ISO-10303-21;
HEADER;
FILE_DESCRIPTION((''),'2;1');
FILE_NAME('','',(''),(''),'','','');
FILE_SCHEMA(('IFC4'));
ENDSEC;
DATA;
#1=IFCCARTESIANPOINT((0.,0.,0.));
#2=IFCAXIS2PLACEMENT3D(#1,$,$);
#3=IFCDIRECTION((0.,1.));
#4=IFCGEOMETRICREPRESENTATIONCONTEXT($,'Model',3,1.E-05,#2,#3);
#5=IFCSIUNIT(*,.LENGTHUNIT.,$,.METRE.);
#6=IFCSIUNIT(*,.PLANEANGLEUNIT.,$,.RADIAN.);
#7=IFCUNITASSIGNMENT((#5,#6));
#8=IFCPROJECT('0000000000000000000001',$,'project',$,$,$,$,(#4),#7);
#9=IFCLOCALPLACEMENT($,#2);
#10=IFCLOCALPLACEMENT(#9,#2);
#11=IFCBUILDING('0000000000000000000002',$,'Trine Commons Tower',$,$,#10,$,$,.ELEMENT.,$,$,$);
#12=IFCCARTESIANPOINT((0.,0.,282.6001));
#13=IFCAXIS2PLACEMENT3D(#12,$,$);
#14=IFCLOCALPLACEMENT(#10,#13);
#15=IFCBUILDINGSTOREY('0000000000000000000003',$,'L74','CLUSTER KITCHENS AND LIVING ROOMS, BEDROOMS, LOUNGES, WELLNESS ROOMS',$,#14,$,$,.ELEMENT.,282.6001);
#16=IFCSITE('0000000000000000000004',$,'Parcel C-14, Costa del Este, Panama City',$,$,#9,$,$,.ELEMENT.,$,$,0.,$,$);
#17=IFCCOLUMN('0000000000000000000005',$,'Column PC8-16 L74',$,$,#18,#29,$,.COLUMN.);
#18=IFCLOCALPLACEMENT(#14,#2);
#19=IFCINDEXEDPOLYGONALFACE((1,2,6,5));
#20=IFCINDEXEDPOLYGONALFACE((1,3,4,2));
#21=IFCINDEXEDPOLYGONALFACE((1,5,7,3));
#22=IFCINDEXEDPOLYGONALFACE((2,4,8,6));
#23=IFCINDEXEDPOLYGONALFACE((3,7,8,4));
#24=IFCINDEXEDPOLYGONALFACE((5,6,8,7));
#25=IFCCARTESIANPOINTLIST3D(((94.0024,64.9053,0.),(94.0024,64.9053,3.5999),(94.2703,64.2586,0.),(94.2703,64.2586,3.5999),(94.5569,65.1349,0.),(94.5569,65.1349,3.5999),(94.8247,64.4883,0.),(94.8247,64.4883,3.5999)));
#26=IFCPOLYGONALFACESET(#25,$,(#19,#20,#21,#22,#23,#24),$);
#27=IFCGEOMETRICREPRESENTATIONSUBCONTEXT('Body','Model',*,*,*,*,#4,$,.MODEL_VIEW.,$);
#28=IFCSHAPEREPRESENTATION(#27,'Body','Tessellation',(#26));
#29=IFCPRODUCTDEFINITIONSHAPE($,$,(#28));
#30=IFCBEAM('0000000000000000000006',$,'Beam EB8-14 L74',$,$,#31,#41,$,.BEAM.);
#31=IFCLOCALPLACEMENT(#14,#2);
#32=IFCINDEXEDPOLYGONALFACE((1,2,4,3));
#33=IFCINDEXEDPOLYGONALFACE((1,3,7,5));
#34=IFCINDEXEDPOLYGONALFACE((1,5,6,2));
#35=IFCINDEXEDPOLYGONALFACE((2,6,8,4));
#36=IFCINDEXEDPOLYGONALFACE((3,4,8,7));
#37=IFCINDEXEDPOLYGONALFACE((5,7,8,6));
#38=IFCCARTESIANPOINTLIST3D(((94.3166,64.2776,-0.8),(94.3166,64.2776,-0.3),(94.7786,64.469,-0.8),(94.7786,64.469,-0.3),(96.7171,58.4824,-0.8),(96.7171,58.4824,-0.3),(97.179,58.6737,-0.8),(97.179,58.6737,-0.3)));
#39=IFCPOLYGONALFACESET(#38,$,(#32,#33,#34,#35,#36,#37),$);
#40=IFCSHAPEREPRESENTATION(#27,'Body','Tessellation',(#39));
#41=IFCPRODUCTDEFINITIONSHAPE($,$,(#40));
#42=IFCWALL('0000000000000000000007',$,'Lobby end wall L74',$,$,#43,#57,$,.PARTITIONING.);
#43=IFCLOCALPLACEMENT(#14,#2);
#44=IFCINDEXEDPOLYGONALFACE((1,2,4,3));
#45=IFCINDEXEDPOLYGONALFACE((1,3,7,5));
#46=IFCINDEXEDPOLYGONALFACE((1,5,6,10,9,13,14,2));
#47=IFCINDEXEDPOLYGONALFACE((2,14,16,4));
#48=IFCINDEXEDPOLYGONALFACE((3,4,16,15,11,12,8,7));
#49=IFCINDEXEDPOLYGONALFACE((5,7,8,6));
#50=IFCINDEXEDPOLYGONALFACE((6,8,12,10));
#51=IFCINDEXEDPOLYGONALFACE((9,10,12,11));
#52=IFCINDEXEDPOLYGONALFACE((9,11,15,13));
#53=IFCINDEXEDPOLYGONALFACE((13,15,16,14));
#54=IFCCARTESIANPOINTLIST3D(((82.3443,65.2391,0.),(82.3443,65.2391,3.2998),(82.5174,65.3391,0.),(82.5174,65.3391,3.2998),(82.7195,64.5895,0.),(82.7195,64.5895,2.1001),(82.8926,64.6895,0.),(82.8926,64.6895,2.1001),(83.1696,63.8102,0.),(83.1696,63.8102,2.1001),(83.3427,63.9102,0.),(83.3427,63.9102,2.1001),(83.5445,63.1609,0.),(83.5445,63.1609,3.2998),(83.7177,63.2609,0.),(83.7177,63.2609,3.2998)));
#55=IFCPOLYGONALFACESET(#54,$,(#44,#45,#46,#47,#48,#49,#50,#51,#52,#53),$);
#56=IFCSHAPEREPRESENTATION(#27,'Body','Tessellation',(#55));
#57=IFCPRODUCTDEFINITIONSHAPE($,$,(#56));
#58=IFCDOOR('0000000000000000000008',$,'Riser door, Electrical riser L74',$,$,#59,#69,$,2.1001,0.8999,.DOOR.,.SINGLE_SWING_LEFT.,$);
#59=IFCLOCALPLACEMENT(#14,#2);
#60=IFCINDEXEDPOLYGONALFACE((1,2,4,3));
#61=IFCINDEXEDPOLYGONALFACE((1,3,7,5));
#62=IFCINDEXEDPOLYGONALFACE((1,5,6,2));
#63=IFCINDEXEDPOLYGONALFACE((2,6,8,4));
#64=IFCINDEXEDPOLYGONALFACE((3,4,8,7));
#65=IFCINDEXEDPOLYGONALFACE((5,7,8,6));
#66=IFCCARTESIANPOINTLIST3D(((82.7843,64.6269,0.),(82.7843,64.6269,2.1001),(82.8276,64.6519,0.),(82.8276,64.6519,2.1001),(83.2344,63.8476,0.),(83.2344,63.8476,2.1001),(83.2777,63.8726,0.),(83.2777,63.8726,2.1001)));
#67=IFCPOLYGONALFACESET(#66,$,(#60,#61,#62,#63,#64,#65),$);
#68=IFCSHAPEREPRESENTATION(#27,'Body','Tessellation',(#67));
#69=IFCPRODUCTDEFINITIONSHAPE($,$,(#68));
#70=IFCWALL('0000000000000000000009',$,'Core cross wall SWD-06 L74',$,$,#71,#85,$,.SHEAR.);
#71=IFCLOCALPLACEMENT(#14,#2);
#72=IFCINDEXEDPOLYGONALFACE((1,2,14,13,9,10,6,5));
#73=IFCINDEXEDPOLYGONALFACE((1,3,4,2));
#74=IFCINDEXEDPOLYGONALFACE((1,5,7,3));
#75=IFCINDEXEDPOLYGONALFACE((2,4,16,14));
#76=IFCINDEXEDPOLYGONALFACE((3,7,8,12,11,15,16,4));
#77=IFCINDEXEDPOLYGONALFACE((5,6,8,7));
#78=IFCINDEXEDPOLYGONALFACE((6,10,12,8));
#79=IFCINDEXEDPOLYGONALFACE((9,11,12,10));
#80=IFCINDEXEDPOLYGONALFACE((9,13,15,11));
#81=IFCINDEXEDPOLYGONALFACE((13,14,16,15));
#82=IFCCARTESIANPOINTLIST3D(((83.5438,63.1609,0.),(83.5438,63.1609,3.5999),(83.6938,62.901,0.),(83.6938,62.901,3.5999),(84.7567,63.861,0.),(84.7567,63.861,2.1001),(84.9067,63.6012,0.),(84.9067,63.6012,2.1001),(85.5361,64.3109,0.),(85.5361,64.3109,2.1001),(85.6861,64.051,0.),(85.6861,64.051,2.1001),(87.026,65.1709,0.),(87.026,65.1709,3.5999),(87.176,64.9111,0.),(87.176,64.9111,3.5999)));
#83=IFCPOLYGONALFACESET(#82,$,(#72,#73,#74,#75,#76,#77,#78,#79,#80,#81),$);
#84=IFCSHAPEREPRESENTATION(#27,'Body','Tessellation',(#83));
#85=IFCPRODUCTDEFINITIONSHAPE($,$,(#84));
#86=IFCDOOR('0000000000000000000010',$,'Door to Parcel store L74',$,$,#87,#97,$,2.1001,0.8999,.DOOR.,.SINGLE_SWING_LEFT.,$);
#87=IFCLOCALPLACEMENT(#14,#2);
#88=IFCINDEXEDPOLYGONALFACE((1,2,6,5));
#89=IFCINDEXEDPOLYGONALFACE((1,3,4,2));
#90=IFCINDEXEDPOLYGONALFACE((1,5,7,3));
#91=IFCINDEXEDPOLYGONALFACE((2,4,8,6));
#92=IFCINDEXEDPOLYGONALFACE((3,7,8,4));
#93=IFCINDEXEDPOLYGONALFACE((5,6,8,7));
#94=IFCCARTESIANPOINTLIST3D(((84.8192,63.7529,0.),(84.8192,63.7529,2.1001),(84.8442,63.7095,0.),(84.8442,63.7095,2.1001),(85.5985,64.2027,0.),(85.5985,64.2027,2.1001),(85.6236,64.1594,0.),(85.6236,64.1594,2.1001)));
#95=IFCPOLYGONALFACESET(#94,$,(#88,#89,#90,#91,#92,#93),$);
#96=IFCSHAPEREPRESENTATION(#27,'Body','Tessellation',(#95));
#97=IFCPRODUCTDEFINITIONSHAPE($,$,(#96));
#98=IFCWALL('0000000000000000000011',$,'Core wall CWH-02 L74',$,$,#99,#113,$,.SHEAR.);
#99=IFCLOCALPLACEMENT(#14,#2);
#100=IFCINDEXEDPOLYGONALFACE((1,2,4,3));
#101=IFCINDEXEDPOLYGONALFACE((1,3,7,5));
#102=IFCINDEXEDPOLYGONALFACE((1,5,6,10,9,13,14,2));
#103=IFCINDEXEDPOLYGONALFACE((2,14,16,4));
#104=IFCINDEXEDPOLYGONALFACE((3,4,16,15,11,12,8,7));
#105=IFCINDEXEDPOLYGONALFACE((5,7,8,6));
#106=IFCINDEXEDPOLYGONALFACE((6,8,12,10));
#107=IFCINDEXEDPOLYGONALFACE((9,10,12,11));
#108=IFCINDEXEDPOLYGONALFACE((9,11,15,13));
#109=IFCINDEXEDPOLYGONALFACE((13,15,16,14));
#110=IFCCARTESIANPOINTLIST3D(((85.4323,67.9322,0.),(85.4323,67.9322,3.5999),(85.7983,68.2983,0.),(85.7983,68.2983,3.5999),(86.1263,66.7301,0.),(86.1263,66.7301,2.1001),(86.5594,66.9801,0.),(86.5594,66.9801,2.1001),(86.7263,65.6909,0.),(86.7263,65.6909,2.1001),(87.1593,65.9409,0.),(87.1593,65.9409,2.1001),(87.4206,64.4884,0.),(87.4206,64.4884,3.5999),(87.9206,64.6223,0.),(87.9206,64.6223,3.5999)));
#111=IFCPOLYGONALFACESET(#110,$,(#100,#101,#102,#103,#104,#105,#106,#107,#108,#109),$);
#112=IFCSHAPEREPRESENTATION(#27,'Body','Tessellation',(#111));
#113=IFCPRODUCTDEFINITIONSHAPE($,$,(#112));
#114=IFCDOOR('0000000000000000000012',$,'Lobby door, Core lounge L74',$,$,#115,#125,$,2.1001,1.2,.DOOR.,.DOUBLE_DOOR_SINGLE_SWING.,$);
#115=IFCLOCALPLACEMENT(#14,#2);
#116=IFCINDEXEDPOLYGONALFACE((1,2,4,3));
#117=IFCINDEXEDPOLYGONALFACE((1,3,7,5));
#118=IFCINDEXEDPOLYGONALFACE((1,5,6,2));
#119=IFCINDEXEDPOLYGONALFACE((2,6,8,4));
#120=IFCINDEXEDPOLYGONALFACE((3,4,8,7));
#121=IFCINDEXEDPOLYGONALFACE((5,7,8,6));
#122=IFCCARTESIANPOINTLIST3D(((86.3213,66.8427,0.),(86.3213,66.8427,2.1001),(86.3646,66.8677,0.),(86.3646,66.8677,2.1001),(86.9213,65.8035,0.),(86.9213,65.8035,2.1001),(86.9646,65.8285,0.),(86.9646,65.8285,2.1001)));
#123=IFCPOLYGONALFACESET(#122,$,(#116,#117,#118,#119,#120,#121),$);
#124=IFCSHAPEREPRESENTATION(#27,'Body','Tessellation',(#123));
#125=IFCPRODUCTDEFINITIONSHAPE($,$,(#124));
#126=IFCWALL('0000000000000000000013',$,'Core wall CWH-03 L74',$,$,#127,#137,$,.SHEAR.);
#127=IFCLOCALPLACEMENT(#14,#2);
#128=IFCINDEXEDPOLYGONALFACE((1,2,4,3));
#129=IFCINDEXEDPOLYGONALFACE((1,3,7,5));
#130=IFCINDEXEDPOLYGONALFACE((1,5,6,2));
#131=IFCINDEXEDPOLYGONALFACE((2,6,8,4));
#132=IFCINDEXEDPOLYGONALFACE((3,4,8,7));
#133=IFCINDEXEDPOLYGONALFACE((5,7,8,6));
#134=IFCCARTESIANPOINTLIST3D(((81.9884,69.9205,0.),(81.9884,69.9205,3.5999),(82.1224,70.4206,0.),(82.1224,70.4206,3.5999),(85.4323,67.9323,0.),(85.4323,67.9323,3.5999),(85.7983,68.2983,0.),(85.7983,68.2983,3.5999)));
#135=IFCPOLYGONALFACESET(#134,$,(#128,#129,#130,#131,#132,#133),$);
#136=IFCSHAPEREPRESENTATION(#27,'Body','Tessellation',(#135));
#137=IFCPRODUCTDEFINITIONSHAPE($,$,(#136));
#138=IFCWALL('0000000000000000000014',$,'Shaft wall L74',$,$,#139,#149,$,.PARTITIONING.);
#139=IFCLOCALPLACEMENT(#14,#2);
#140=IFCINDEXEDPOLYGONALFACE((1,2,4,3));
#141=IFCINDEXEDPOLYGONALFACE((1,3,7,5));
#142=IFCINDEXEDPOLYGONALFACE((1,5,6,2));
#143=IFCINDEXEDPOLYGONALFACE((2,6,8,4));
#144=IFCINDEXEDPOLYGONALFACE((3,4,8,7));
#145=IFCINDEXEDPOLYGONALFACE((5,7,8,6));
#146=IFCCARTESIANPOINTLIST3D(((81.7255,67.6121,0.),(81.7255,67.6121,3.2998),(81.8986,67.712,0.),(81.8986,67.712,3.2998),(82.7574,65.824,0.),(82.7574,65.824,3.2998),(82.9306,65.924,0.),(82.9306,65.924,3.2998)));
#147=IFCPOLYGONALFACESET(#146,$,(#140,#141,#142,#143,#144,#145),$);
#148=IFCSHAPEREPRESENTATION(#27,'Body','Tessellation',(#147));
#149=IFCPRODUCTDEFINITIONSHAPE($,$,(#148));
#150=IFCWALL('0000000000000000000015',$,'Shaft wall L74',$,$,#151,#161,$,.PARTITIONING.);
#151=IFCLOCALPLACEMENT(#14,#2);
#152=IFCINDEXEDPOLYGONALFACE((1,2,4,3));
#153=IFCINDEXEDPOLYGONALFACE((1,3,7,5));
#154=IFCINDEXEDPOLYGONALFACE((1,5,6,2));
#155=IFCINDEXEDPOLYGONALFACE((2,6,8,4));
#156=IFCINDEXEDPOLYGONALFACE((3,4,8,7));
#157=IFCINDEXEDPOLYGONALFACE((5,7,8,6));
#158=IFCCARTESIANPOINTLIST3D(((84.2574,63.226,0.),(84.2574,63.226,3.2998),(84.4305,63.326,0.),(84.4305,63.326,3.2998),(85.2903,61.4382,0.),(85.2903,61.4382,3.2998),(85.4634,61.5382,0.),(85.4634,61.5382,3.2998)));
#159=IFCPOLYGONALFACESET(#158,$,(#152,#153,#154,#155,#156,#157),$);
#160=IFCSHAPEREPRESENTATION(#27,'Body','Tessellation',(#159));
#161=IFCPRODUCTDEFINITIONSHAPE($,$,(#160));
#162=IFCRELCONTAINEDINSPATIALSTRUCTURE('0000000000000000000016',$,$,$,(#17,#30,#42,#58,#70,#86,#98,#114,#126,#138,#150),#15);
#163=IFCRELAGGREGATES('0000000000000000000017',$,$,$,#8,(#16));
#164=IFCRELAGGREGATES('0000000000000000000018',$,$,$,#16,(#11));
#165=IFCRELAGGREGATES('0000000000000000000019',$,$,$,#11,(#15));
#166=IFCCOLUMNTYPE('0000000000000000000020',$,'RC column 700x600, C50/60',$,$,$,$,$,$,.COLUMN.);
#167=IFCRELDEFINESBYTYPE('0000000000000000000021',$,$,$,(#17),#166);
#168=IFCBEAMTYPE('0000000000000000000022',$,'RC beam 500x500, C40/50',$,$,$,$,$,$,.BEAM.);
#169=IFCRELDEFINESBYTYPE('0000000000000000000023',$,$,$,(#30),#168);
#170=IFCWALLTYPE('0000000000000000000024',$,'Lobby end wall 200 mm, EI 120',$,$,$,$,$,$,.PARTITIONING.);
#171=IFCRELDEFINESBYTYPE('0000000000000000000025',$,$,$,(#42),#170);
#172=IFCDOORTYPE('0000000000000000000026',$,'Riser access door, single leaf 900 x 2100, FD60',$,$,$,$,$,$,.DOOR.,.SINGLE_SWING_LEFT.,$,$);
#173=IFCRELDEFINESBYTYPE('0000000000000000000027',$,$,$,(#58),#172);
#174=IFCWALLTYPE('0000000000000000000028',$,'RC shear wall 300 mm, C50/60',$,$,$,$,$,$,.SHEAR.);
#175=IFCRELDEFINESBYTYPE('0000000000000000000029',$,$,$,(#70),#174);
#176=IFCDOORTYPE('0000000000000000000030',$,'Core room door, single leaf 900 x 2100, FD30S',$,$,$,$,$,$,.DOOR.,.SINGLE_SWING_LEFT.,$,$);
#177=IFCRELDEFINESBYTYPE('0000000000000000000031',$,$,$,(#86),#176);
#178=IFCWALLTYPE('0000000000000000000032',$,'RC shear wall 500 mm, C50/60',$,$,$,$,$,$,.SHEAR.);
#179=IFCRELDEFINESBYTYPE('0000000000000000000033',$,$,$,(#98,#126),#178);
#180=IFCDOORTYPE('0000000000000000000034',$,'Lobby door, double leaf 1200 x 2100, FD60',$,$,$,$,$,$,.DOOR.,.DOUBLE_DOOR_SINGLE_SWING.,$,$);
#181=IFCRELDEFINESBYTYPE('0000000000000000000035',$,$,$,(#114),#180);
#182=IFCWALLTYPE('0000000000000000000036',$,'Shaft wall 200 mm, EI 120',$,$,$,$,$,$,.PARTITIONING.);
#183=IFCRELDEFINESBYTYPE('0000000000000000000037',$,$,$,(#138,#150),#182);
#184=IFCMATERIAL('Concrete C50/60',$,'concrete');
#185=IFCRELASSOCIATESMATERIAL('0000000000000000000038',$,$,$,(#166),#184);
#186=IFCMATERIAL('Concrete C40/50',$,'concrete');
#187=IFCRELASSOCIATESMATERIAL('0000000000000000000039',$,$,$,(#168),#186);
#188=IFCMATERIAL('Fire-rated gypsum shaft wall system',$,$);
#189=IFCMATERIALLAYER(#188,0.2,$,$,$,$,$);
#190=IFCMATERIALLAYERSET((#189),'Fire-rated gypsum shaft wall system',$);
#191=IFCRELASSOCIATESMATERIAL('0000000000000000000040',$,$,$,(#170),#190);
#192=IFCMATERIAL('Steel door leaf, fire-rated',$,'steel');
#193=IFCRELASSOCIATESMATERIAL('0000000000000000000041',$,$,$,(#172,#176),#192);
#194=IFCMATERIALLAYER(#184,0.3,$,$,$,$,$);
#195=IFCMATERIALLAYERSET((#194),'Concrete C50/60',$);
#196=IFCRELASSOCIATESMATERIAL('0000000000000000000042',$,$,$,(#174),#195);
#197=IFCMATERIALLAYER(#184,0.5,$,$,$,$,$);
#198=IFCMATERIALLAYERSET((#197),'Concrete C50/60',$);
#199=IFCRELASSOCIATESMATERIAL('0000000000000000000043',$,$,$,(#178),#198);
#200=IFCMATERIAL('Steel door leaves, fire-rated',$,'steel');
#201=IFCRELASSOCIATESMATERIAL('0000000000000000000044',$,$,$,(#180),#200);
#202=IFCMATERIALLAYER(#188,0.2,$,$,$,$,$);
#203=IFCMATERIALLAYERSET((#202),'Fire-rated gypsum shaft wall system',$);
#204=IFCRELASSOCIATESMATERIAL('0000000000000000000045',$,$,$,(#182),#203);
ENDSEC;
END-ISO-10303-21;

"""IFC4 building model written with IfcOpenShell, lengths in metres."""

from ifc_helpers import new_model, si_unit, direction, frame, frame_2d, origin, origin_2d, place, context, subcontext, project, spatial, polyline, rectangle, outline, extrude, material, layer, layer_set, material_profile, profile_set, type_object, element, fill, save


model = new_model("IFC4")

# Units and contexts
model_context = context("Model", 3, precision=1e-05, world=origin(), true_north=direction((0.0, 1.0)))
body_context = subcontext(model_context, "Body", "Model", "MODEL_VIEW")
ifc_project = project(units=[si_unit("LENGTHUNIT", "METRE"), si_unit("PLANEANGLEUNIT", "RADIAN")], contexts=[model_context])

# Site, building, storey
site_placement = place(None, origin())
site = spatial("IfcSite", under=ifc_project, at=site_placement, Name="Parcel C-14, Costa del Este, Panama City", CompositionType="ELEMENT", RefElevation=0.0)
building_placement = place(site_placement, origin())
building = spatial("IfcBuilding", under=site, at=building_placement, Name="Trine Commons Tower", CompositionType="ELEMENT")
storey_placement = place(building_placement, frame((0.0, 0.0, 282.6001)))
storey = spatial("IfcBuildingStorey", under=building, at=storey_placement, Name="L74", Description="CLUSTER KITCHENS AND LIVING ROOMS, BEDROOMS, LOUNGES, WELLNESS ROOMS", CompositionType="ELEMENT", Elevation=282.6001)

# Column
ifc_material_1 = material(Name="Concrete C50/60", Category="concrete")
ifc_material_profile_1 = material_profile(ifc_material_1, rectangle(XDim=0.7, YDim=0.6001, at=origin_2d()), Name="RC 700x600")
ifc_profile_set_1 = profile_set([ifc_material_profile_1], Name="Concrete C50/60")
column_type = type_object("IfcColumnType", Name="RC column 700x600, C50/60", PredefinedType="COLUMN", material=ifc_profile_set_1)
column_placement = place(storey_placement, frame((94.4136, 64.6968, 0.0), z_axis=(0.0, 0.0, 1.0), x_axis=(-0.382683, 0.92388, 0.0)))
element("IfcColumn", 1, at=column_placement, inside=storey, type_object=column_type, Name="Column PC8-16 L74", PredefinedType="COLUMN", context=body_context, shape_type="SweptSolid", body=[
    extrude(rectangle(XDim=0.7, YDim=0.6001, at=origin_2d()), origin(), (0.0, 0.0, 1.0), 3.5999),
])

# Beam
ifc_material_2 = material(Name="Concrete C40/50", Category="concrete")
ifc_material_profile_2 = material_profile(ifc_material_2, rectangle(XDim=0.5, YDim=0.5, at=origin_2d()), Name="RC 500x500")
ifc_profile_set_2 = profile_set([ifc_material_profile_2], Name="Concrete C40/50")
beam_type = type_object("IfcBeamType", Name="RC beam 500x500, C40/50", PredefinedType="BEAM", material=ifc_profile_set_2)
beam_placement = place(storey_placement, frame((94.5476, 64.3733, -0.55), z_axis=(0.382677, -0.923882, 0.0), x_axis=(0.923882, 0.382677, 0.0)))
element("IfcBeam", 2, at=beam_placement, inside=storey, type_object=beam_type, Name="Beam EB8-14 L74", PredefinedType="BEAM", context=body_context, shape_type="SweptSolid", body=[
    extrude(rectangle(XDim=0.5, YDim=0.5, at=origin_2d()), origin(), (0.0, 0.0, 1.0), 6.2727),
])

# Walls, openings, doors
ifc_material_3 = material(Name="Fire-rated gypsum shaft wall system")
ifc_layer_1 = layer(ifc_material_3, 0.2)
ifc_layer_set_1 = layer_set([ifc_layer_1], Name="Fire-rated gypsum shaft wall system")
wall_type_1 = type_object("IfcWallType", Name="Lobby end wall 200 mm, EI 120", PredefinedType="PARTITIONING", material=ifc_layer_set_1)
wall_1_placement = place(storey_placement, frame((83.6311, 63.2109, 0.0), z_axis=(0.0, 0.0, 1.0), x_axis=(-0.500122, 0.865955, 0.0)))
wall_1 = element("IfcWall", 3, at=wall_1_placement, inside=storey, type_object=wall_type_1, Name="Lobby end wall L74", PredefinedType="PARTITIONING", context=body_context, shape_type="SweptSolid", body=[
    extrude(rectangle(XDim=2.3999, YDim=0.2, at=frame_2d((1.2, 0.0))), origin(), (0.0, 0.0, 1.0), 3.2998),
])
opening_1_placement = place(wall_1_placement, frame((0.7498, 0.0, 0.0)))
opening_1 = element("IfcOpeningElement", 4, at=opening_1_placement, cuts=wall_1, PredefinedType="OPENING", context=body_context, shape_type="SweptSolid", body=[
    extrude(rectangle(XDim=0.8999, YDim=2.1001, at=frame_2d((0.45, 1.05))), frame((0.0, 0.1099, 0.0), z_axis=(0.0, -1.0, 0.0), x_axis=(1.0, 0.0, 0.0)), (0.0, 0.0, 1.0), 0.22),
])
ifc_material_4 = material(Name="Steel door leaf, fire-rated", Category="steel")
door_type_1 = type_object("IfcDoorType", Name="Riser access door, single leaf 900 x 2100, FD60", OperationType="SINGLE_SWING_LEFT", PredefinedType="DOOR", material=ifc_material_4)
door_1_placement = place(opening_1_placement, frame((0.8999, 0.0, 0.0), z_axis=(0.0, 0.0, 1.0), x_axis=(-1.0, 0.0, 0.0)))
door_1 = element("IfcDoor", 5, at=door_1_placement, inside=storey, type_object=door_type_1, Name="Riser door, Electrical riser L74", OperationType="SINGLE_SWING_LEFT", OverallHeight=2.1001, OverallWidth=0.8999, PredefinedType="DOOR", context=body_context, shape_type="SweptSolid", body=[
    extrude(rectangle(XDim=0.8999, YDim=2.1001, at=frame_2d((0.45, 1.05))), frame((0.0, 0.0249, 0.0), z_axis=(0.0, -1.0, 0.0), x_axis=(1.0, 0.0, 0.0)), (0.0, 0.0, 1.0), 0.05),
])
fill(opening_1, door_1)
ifc_layer_2 = layer(ifc_material_1, 0.3)
ifc_layer_set_2 = layer_set([ifc_layer_2], Name="Concrete C50/60")
wall_type_2 = type_object("IfcWallType", Name="RC shear wall 300 mm, C50/60", PredefinedType="SHEAR", material=ifc_layer_set_2)
wall_2_placement = place(storey_placement, frame((83.6189, 63.031, 0.0), z_axis=(0.0, 0.0, 1.0), x_axis=(0.866071, 0.49992, 0.0)))
wall_2 = element("IfcWall", 6, at=wall_2_placement, inside=storey, type_object=wall_type_2, Name="Core cross wall SWD-06 L74", PredefinedType="SHEAR", context=body_context, shape_type="SweptSolid", body=[
    extrude(rectangle(XDim=4.0208, YDim=0.3, at=frame_2d((2.0103, 0.0))), origin(), (0.0, 0.0, 1.0), 3.5999),
])
opening_2_placement = place(wall_2_placement, frame((1.4004, 0.0, 0.0)))
opening_2 = element("IfcOpeningElement", 7, at=opening_2_placement, cuts=wall_2, PredefinedType="OPENING", context=body_context, shape_type="SweptSolid", body=[
    extrude(rectangle(XDim=0.8999, YDim=2.1001, at=frame_2d((0.45, 1.05))), frame((0.0, 0.1599, 0.0), z_axis=(0.0, -1.0, 0.0), x_axis=(1.0, 0.0, 0.0)), (0.0, 0.0, 1.0), 0.3201),
])
door_type_2 = type_object("IfcDoorType", Name="Core room door, single leaf 900 x 2100, FD30S", OperationType="SINGLE_SWING_LEFT", PredefinedType="DOOR", material=ifc_material_4)
door_2_placement = place(opening_2_placement, frame((0.8999, 0.0, 0.0), z_axis=(0.0, 0.0, 1.0), x_axis=(-1.0, 0.0, 0.0)))
door_2 = element("IfcDoor", 8, at=door_2_placement, inside=storey, type_object=door_type_2, Name="Door to Parcel store L74", OperationType="SINGLE_SWING_LEFT", OverallHeight=2.1001, OverallWidth=0.8999, PredefinedType="DOOR", context=body_context, shape_type="SweptSolid", body=[
    extrude(rectangle(XDim=0.8999, YDim=2.1001, at=frame_2d((0.45, 1.05))), frame((0.0, 0.0249, 0.0), z_axis=(0.0, -1.0, 0.0), x_axis=(1.0, 0.0, 0.0)), (0.0, 0.0, 1.0), 0.05),
])
fill(opening_2, door_2)
ifc_layer_3 = layer(ifc_material_1, 0.5)
ifc_layer_set_3 = layer_set([ifc_layer_3], Name="Concrete C50/60")
wall_type_3 = type_object("IfcWallType", Name="RC shear wall 500 mm, C50/60", PredefinedType="SHEAR", material=ifc_layer_set_3)
wall_3_placement = place(storey_placement, frame((87.7041, 64.4973, 0.0), z_axis=(0.0, 0.0, 1.0), x_axis=(-0.499993, 0.866029, 0.0)))
wall_3 = element("IfcWall", 9, at=wall_3_placement, inside=storey, type_object=wall_type_3, Name="Core wall CWH-02 L74", PredefinedType="SHEAR", context=body_context, shape_type="SweptSolid", body=[
    extrude(outline(polyline([(0.0, -0.25), (4.2446, -0.25), (4.1106, 0.25), (0.134, 0.25), (0.0, -0.25)])), origin(), (0.0, 0.0, 1.0), 3.5999),
])
opening_3_placement = place(wall_3_placement, frame((1.5225, 0.0, 0.0)))
opening_3 = element("IfcOpeningElement", 10, at=opening_3_placement, cuts=wall_3, PredefinedType="OPENING", context=body_context, shape_type="SweptSolid", body=[
    extrude(rectangle(XDim=1.2, YDim=2.1001, at=frame_2d((0.6001, 1.05))), frame((0.0, 0.26, 0.0), z_axis=(0.0, -1.0, 0.0), x_axis=(1.0, 0.0, 0.0)), (0.0, 0.0, 1.0), 0.52),
])
ifc_material_5 = material(Name="Steel door leaves, fire-rated", Category="steel")
door_type_3 = type_object("IfcDoorType", Name="Lobby door, double leaf 1200 x 2100, FD60", OperationType="DOUBLE_DOOR_SINGLE_SWING", PredefinedType="DOOR", material=ifc_material_5)
door_3_placement = place(opening_3_placement, origin())
door_3 = element("IfcDoor", 11, at=door_3_placement, inside=storey, type_object=door_type_3, Name="Lobby door, Core lounge L74", OperationType="DOUBLE_DOOR_SINGLE_SWING", OverallHeight=2.1001, OverallWidth=1.2, PredefinedType="DOOR", context=body_context, shape_type="SweptSolid", body=[
    extrude(rectangle(XDim=1.2, YDim=2.1001, at=frame_2d((0.6001, 1.05))), frame((0.0, 0.0249, 0.0), z_axis=(0.0, -1.0, 0.0), x_axis=(1.0, 0.0, 0.0)), (0.0, 0.0, 1.0), 0.05),
])
fill(opening_3, door_3)

# Walls
wall_4_placement = place(storey_placement, frame((85.6733, 68.0818, 0.0), z_axis=(0.0, 0.0, 1.0), x_axis=(-0.866029, 0.499993, 0.0)))
element("IfcWall", 12, at=wall_4_placement, inside=storey, type_object=wall_type_3, Name="Core wall CWH-03 L74", PredefinedType="SHEAR", context=body_context, shape_type="SweptSolid", body=[
    extrude(outline(polyline([(0.0, -0.25), (4.2446, -0.25), (4.1106, 0.25), (0.134, 0.25), (0.0, -0.25)])), origin(), (0.0, 0.0, 1.0), 3.5999),
])
ifc_layer_4 = layer(ifc_material_3, 0.2)
ifc_layer_set_4 = layer_set([ifc_layer_4], Name="Fire-rated gypsum shaft wall system")
wall_type_4 = type_object("IfcWallType", Name="Shaft wall 200 mm, EI 120", PredefinedType="PARTITIONING", material=ifc_layer_set_4)
wall_5_placement = place(storey_placement, frame((82.844, 65.874, 0.0), z_axis=(0.0, 0.0, 1.0), x_axis=(-0.499866, 0.866103, 0.0)))
element("IfcWall", 13, at=wall_5_placement, inside=storey, type_object=wall_type_4, Name="Shaft wall L74", PredefinedType="PARTITIONING", context=body_context, shape_type="SweptSolid", body=[
    extrude(rectangle(XDim=2.0645, YDim=0.2, at=frame_2d((1.0322, 0.0))), origin(), (0.0, 0.0, 1.0), 3.2998),
])
wall_6_placement = place(storey_placement, frame((84.344, 63.2759, 0.0), z_axis=(0.0, 0.0, 1.0), x_axis=(0.500272, -0.865868, 0.0)))
element("IfcWall", 14, at=wall_6_placement, inside=storey, type_object=wall_type_4, Name="Shaft wall L74", PredefinedType="PARTITIONING", context=body_context, shape_type="SweptSolid", body=[
    extrude(rectangle(XDim=2.0647, YDim=0.2, at=frame_2d((1.0322, 0.0))), origin(), (0.0, 0.0, 1.0), 3.2998),
])

save(model, "model.ifc")
